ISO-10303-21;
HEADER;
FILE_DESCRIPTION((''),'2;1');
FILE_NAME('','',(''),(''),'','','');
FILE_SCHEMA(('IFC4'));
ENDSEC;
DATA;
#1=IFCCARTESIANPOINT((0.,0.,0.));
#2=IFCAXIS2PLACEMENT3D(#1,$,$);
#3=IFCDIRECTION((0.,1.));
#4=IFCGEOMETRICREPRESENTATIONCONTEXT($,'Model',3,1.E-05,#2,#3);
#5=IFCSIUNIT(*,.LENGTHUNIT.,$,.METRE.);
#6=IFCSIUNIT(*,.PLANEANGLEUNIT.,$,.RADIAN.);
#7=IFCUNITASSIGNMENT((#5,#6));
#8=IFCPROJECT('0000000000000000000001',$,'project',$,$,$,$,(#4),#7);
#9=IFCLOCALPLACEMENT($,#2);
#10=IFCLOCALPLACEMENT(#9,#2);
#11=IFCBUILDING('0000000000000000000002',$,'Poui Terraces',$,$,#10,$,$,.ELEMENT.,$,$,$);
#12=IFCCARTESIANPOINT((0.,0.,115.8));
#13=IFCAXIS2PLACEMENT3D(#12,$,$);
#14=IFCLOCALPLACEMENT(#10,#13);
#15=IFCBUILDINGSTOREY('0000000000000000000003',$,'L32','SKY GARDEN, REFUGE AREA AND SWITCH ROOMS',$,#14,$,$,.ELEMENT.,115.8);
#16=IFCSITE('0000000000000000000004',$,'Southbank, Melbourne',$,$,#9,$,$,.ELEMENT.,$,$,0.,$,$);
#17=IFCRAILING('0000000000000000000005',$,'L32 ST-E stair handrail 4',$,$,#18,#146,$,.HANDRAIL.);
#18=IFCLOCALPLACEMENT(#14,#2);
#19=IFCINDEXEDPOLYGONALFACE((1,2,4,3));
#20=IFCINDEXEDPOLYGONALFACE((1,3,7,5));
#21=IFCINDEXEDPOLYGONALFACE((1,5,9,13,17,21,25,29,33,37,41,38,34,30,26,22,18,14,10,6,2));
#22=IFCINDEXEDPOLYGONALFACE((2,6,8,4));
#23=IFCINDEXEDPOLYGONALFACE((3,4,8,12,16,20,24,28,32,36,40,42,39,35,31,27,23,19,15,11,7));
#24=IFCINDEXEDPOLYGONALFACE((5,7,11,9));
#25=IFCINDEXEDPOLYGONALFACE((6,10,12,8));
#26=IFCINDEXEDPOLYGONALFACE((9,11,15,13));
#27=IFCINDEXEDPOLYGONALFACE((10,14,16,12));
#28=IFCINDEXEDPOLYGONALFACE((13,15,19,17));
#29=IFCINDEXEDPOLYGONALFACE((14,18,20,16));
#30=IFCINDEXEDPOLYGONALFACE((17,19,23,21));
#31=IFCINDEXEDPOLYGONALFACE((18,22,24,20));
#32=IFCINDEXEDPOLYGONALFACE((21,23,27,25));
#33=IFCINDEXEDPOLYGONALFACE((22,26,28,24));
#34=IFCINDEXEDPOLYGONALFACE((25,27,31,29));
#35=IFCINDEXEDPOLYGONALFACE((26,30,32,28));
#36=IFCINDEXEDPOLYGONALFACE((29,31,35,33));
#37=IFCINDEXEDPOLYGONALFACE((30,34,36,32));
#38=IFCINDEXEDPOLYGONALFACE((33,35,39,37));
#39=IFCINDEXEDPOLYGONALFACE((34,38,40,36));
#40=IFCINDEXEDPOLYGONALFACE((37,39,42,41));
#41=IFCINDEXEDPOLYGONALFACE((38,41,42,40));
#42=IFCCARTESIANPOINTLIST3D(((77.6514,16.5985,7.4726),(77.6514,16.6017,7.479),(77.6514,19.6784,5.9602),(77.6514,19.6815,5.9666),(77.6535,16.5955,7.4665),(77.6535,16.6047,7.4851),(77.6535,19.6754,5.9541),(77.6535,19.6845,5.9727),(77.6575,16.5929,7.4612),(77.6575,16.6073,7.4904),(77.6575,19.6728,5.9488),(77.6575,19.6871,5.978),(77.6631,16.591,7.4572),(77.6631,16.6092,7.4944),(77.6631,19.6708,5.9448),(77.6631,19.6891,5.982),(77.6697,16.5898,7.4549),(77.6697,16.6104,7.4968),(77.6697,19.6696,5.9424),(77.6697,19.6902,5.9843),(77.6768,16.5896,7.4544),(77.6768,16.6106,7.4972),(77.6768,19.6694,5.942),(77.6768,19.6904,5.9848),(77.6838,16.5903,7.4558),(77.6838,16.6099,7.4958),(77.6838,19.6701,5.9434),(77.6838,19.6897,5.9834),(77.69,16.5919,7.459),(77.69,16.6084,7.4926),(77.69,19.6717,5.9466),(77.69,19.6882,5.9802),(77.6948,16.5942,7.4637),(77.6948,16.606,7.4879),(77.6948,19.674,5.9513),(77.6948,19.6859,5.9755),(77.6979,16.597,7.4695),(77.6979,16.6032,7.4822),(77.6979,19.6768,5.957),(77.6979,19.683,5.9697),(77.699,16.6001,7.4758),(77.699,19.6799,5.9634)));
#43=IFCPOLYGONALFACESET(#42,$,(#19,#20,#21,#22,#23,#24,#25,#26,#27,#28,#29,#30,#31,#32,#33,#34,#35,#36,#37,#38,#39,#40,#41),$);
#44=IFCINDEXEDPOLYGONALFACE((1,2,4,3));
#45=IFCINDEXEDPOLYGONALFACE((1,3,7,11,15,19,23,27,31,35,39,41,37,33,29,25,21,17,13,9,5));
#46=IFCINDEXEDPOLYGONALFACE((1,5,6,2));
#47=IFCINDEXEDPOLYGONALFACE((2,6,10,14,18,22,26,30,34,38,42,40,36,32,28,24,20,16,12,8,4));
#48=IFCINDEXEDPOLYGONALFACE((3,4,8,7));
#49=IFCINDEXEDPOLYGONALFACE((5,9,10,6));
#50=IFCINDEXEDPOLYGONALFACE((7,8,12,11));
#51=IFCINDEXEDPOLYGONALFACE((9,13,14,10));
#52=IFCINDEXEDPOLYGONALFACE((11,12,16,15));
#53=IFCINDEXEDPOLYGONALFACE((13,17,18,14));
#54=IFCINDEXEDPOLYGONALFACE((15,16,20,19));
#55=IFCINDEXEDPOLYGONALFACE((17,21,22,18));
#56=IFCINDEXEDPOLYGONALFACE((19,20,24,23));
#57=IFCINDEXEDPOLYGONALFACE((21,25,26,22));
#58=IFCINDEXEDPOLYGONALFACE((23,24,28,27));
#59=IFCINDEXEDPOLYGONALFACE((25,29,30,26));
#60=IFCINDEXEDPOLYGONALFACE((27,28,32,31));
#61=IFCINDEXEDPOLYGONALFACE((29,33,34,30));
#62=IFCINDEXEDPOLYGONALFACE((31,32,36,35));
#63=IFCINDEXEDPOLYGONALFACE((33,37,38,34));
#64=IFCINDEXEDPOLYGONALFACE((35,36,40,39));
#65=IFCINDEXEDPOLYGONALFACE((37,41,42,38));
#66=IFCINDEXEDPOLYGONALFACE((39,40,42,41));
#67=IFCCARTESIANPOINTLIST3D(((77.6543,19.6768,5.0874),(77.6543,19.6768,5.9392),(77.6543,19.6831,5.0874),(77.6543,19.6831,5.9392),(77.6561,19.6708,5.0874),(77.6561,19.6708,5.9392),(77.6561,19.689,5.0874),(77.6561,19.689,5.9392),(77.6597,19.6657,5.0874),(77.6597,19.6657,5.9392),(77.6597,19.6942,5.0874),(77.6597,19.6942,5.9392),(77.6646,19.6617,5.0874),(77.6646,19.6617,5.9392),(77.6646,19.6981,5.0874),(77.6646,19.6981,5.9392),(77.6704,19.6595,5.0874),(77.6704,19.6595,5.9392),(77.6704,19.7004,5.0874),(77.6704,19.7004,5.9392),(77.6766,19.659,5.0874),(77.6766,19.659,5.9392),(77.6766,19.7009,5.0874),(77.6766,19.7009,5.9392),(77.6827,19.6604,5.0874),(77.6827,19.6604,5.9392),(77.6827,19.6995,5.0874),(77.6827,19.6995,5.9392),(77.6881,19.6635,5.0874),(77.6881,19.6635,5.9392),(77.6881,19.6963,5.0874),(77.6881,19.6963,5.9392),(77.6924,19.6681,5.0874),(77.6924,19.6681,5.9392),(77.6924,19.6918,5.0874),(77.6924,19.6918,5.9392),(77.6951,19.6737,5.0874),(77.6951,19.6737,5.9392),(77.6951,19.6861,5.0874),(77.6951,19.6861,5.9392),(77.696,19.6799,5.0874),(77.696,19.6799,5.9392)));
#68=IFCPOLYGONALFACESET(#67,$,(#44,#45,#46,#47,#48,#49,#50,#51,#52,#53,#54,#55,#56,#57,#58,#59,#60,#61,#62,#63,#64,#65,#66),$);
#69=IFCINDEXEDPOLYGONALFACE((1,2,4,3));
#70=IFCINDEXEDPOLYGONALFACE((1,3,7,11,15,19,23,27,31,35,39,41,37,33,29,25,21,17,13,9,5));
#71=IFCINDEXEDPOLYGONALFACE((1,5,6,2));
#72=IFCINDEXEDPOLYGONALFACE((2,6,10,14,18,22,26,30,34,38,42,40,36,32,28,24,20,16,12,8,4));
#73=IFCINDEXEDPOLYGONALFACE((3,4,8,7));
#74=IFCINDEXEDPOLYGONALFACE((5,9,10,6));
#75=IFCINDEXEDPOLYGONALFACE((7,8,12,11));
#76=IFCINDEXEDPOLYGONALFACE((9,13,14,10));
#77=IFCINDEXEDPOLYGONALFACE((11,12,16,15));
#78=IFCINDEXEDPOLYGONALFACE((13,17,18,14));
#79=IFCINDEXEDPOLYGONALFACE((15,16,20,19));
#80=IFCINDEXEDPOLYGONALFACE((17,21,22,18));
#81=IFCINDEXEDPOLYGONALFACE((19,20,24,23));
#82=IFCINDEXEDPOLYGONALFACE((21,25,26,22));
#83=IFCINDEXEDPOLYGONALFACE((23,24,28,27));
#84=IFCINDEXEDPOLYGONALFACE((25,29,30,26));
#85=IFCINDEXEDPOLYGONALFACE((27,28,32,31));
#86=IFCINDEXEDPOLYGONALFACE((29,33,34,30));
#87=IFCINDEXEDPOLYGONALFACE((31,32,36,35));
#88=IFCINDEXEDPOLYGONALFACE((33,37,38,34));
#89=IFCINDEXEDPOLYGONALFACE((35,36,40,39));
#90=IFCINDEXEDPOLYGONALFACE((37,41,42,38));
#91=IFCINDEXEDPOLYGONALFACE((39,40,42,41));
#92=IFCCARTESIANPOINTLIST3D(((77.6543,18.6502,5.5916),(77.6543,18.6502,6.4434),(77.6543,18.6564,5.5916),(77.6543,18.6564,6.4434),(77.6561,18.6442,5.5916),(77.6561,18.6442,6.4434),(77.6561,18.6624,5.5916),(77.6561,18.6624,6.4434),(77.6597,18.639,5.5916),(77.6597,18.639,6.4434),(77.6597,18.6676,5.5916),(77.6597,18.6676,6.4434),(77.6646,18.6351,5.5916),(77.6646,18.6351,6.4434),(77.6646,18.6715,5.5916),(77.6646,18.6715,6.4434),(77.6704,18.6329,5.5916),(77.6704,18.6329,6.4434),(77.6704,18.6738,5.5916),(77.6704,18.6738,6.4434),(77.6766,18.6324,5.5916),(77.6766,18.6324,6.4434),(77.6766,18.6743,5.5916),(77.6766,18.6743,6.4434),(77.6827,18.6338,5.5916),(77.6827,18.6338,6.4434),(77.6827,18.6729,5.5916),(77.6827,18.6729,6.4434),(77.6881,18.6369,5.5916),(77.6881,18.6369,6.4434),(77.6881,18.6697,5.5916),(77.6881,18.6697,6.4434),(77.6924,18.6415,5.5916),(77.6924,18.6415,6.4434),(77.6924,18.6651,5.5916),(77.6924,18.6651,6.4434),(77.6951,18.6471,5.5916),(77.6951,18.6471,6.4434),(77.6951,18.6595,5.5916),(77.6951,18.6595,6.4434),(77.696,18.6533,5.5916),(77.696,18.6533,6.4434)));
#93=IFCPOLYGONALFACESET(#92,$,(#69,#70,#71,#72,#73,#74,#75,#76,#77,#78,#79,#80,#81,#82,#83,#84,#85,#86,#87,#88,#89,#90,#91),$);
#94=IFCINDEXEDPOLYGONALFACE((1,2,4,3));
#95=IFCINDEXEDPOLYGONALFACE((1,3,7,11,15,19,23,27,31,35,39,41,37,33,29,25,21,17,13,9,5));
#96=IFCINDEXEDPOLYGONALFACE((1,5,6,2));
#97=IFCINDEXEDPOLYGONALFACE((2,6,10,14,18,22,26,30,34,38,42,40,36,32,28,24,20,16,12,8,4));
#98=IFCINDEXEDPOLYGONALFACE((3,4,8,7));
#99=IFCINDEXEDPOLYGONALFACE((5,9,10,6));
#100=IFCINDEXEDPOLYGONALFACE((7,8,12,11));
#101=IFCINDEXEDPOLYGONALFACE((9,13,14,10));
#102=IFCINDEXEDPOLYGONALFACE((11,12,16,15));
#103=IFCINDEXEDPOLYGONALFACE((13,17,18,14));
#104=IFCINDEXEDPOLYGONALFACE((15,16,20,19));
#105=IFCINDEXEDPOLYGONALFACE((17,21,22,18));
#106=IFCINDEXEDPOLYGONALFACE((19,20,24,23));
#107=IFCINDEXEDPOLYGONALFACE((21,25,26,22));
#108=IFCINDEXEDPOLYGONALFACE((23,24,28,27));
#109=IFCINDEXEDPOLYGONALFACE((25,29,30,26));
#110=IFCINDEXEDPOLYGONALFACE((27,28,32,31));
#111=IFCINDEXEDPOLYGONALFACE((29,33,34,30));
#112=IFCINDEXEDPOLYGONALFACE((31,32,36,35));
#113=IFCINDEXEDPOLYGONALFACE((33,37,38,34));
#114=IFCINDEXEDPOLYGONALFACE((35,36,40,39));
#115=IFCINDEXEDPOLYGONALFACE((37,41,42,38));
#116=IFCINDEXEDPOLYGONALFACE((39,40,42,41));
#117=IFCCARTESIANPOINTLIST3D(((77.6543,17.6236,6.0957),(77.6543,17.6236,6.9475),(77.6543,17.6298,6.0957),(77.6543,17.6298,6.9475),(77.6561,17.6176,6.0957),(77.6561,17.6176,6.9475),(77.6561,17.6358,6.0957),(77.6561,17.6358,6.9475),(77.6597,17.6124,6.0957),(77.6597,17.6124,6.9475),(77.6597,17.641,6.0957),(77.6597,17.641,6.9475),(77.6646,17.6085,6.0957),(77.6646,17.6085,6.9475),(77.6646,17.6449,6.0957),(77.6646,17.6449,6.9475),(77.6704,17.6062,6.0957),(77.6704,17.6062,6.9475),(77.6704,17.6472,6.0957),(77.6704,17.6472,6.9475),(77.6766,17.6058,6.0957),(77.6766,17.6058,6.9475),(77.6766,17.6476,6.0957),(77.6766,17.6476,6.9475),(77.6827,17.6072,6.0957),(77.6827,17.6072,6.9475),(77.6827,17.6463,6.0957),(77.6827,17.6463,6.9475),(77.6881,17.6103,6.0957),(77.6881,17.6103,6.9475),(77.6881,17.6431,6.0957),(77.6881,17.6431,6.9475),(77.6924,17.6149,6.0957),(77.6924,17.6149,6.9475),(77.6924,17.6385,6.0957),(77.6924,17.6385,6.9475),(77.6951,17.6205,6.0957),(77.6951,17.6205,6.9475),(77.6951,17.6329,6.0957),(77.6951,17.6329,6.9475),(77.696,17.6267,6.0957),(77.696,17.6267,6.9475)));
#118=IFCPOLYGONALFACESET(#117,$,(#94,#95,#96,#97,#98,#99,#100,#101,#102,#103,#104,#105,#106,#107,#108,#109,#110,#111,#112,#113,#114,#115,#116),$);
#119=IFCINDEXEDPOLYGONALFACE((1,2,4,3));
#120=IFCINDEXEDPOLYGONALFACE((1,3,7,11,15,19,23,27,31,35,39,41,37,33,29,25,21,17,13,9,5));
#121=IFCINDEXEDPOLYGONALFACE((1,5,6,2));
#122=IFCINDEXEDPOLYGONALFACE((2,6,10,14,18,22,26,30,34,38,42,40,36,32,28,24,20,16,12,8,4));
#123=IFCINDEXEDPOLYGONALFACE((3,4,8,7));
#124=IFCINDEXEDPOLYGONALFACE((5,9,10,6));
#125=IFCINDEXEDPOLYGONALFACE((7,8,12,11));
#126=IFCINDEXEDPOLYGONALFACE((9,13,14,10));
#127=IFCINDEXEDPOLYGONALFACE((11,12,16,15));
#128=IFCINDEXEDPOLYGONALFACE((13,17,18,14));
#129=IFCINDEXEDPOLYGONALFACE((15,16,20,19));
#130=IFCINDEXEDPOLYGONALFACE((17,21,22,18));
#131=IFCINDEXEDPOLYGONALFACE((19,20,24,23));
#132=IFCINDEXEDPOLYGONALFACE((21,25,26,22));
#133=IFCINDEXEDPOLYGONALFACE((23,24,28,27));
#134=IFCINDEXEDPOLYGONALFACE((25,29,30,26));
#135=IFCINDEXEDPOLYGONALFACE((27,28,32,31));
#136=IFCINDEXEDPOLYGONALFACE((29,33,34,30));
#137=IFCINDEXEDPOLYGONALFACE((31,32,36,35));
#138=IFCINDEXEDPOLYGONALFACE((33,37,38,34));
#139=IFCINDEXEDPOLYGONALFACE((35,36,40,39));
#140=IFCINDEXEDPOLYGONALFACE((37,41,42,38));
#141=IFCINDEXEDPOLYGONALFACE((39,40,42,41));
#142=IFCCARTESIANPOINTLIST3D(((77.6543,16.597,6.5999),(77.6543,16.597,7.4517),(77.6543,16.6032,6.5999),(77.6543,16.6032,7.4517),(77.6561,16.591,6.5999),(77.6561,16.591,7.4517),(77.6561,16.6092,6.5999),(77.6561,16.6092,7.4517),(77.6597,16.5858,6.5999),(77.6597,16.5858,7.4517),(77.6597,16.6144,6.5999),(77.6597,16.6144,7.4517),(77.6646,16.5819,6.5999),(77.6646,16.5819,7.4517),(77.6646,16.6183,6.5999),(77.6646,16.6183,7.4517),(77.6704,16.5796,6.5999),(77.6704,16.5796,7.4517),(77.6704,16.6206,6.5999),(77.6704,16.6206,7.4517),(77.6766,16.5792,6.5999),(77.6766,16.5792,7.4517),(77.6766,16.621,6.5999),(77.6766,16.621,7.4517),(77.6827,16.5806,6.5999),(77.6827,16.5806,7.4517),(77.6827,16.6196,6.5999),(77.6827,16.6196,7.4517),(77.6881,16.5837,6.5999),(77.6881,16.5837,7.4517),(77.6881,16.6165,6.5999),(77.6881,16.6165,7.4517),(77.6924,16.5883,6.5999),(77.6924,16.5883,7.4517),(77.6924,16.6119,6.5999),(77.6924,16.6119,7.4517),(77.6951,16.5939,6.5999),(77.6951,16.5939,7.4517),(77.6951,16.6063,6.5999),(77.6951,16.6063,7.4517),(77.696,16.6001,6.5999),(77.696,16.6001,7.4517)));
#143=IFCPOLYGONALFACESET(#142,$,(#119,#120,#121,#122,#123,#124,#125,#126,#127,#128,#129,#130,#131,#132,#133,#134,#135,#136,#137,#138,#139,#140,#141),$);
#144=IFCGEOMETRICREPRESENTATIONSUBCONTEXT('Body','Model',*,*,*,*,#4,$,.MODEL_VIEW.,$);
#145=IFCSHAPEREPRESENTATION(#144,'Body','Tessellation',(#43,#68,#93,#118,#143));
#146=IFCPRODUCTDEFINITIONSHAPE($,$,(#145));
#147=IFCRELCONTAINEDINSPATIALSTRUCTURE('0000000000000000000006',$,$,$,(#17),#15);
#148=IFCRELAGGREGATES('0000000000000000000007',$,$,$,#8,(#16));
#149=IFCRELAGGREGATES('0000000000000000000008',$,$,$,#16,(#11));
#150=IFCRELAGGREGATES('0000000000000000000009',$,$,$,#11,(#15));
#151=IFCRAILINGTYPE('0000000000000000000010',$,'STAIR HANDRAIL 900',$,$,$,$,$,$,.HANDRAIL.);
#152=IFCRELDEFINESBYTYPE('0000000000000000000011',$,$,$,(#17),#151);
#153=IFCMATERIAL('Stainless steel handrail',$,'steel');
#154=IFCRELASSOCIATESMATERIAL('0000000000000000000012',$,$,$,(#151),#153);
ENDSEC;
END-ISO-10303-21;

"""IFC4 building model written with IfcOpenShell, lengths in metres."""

from ifc_helpers import new_model, si_unit, direction, frame, origin, origin_2d, place, context, subcontext, project, spatial, circle, extrude, material, type_object, element, save


model = new_model("IFC4")

# Units and contexts
model_context = context("Model", 3, precision=1e-05, world=origin(), true_north=direction((0.0, 1.0)))
body_context = subcontext(model_context, "Body", "Model", "MODEL_VIEW")
ifc_project = project(units=[si_unit("LENGTHUNIT", "METRE"), si_unit("PLANEANGLEUNIT", "RADIAN")], contexts=[model_context])

# Site, building, storey
site_placement = place(None, origin())
site = spatial("IfcSite", under=ifc_project, at=site_placement, Name="Southbank, Melbourne", CompositionType="ELEMENT", RefElevation=0.0)
building_placement = place(site_placement, origin())
building = spatial("IfcBuilding", under=site, at=building_placement, Name="Poui Terraces", CompositionType="ELEMENT")
storey_placement = place(building_placement, frame((0.0, 0.0, 115.8)))
storey = spatial("IfcBuildingStorey", under=building, at=storey_placement, Name="L32", Description="SKY GARDEN, REFUGE AREA AND SWITCH ROOMS", CompositionType="ELEMENT", Elevation=115.8)

# Railing
ifc_material_1 = material(Name="Stainless steel handrail", Category="steel")
railing_type_1 = type_object("IfcRailingType", Name="STAIR HANDRAIL 900", PredefinedType="HANDRAIL", material=ifc_material_1)
railing_1_placement = place(storey_placement, frame((77.675, 19.6799, 5.0874)))
element("IfcRailing", 1, at=railing_1_placement, inside=storey, type_object=railing_type_1, Name="L32 ST-E stair handrail 4", PredefinedType="HANDRAIL", context=body_context, shape_type="SweptSolid", body=[
    extrude(circle(Radius=0.0239, at=origin_2d()), frame((0.0, 0.0, 0.876), z_axis=(0.0, -0.897606, 0.440798), x_axis=(1.0, 0.0, 0.0)), (0.0, 0.0, 1.0), 3.4312),
    extrude(circle(Radius=0.021, at=origin_2d()), origin(), (0.0, 0.0, 1.0), 0.8518),
    extrude(circle(Radius=0.021, at=origin_2d()), frame((0.0, -1.0266, 0.5042)), (0.0, 0.0, 1.0), 0.8518),
    extrude(circle(Radius=0.021, at=origin_2d()), frame((0.0, -2.0532, 1.0083)), (0.0, 0.0, 1.0), 0.8518),
    extrude(circle(Radius=0.021, at=origin_2d()), frame((0.0, -3.0798, 1.5125)), (0.0, 0.0, 1.0), 0.8518),
])

save(model, "model.ifc")
